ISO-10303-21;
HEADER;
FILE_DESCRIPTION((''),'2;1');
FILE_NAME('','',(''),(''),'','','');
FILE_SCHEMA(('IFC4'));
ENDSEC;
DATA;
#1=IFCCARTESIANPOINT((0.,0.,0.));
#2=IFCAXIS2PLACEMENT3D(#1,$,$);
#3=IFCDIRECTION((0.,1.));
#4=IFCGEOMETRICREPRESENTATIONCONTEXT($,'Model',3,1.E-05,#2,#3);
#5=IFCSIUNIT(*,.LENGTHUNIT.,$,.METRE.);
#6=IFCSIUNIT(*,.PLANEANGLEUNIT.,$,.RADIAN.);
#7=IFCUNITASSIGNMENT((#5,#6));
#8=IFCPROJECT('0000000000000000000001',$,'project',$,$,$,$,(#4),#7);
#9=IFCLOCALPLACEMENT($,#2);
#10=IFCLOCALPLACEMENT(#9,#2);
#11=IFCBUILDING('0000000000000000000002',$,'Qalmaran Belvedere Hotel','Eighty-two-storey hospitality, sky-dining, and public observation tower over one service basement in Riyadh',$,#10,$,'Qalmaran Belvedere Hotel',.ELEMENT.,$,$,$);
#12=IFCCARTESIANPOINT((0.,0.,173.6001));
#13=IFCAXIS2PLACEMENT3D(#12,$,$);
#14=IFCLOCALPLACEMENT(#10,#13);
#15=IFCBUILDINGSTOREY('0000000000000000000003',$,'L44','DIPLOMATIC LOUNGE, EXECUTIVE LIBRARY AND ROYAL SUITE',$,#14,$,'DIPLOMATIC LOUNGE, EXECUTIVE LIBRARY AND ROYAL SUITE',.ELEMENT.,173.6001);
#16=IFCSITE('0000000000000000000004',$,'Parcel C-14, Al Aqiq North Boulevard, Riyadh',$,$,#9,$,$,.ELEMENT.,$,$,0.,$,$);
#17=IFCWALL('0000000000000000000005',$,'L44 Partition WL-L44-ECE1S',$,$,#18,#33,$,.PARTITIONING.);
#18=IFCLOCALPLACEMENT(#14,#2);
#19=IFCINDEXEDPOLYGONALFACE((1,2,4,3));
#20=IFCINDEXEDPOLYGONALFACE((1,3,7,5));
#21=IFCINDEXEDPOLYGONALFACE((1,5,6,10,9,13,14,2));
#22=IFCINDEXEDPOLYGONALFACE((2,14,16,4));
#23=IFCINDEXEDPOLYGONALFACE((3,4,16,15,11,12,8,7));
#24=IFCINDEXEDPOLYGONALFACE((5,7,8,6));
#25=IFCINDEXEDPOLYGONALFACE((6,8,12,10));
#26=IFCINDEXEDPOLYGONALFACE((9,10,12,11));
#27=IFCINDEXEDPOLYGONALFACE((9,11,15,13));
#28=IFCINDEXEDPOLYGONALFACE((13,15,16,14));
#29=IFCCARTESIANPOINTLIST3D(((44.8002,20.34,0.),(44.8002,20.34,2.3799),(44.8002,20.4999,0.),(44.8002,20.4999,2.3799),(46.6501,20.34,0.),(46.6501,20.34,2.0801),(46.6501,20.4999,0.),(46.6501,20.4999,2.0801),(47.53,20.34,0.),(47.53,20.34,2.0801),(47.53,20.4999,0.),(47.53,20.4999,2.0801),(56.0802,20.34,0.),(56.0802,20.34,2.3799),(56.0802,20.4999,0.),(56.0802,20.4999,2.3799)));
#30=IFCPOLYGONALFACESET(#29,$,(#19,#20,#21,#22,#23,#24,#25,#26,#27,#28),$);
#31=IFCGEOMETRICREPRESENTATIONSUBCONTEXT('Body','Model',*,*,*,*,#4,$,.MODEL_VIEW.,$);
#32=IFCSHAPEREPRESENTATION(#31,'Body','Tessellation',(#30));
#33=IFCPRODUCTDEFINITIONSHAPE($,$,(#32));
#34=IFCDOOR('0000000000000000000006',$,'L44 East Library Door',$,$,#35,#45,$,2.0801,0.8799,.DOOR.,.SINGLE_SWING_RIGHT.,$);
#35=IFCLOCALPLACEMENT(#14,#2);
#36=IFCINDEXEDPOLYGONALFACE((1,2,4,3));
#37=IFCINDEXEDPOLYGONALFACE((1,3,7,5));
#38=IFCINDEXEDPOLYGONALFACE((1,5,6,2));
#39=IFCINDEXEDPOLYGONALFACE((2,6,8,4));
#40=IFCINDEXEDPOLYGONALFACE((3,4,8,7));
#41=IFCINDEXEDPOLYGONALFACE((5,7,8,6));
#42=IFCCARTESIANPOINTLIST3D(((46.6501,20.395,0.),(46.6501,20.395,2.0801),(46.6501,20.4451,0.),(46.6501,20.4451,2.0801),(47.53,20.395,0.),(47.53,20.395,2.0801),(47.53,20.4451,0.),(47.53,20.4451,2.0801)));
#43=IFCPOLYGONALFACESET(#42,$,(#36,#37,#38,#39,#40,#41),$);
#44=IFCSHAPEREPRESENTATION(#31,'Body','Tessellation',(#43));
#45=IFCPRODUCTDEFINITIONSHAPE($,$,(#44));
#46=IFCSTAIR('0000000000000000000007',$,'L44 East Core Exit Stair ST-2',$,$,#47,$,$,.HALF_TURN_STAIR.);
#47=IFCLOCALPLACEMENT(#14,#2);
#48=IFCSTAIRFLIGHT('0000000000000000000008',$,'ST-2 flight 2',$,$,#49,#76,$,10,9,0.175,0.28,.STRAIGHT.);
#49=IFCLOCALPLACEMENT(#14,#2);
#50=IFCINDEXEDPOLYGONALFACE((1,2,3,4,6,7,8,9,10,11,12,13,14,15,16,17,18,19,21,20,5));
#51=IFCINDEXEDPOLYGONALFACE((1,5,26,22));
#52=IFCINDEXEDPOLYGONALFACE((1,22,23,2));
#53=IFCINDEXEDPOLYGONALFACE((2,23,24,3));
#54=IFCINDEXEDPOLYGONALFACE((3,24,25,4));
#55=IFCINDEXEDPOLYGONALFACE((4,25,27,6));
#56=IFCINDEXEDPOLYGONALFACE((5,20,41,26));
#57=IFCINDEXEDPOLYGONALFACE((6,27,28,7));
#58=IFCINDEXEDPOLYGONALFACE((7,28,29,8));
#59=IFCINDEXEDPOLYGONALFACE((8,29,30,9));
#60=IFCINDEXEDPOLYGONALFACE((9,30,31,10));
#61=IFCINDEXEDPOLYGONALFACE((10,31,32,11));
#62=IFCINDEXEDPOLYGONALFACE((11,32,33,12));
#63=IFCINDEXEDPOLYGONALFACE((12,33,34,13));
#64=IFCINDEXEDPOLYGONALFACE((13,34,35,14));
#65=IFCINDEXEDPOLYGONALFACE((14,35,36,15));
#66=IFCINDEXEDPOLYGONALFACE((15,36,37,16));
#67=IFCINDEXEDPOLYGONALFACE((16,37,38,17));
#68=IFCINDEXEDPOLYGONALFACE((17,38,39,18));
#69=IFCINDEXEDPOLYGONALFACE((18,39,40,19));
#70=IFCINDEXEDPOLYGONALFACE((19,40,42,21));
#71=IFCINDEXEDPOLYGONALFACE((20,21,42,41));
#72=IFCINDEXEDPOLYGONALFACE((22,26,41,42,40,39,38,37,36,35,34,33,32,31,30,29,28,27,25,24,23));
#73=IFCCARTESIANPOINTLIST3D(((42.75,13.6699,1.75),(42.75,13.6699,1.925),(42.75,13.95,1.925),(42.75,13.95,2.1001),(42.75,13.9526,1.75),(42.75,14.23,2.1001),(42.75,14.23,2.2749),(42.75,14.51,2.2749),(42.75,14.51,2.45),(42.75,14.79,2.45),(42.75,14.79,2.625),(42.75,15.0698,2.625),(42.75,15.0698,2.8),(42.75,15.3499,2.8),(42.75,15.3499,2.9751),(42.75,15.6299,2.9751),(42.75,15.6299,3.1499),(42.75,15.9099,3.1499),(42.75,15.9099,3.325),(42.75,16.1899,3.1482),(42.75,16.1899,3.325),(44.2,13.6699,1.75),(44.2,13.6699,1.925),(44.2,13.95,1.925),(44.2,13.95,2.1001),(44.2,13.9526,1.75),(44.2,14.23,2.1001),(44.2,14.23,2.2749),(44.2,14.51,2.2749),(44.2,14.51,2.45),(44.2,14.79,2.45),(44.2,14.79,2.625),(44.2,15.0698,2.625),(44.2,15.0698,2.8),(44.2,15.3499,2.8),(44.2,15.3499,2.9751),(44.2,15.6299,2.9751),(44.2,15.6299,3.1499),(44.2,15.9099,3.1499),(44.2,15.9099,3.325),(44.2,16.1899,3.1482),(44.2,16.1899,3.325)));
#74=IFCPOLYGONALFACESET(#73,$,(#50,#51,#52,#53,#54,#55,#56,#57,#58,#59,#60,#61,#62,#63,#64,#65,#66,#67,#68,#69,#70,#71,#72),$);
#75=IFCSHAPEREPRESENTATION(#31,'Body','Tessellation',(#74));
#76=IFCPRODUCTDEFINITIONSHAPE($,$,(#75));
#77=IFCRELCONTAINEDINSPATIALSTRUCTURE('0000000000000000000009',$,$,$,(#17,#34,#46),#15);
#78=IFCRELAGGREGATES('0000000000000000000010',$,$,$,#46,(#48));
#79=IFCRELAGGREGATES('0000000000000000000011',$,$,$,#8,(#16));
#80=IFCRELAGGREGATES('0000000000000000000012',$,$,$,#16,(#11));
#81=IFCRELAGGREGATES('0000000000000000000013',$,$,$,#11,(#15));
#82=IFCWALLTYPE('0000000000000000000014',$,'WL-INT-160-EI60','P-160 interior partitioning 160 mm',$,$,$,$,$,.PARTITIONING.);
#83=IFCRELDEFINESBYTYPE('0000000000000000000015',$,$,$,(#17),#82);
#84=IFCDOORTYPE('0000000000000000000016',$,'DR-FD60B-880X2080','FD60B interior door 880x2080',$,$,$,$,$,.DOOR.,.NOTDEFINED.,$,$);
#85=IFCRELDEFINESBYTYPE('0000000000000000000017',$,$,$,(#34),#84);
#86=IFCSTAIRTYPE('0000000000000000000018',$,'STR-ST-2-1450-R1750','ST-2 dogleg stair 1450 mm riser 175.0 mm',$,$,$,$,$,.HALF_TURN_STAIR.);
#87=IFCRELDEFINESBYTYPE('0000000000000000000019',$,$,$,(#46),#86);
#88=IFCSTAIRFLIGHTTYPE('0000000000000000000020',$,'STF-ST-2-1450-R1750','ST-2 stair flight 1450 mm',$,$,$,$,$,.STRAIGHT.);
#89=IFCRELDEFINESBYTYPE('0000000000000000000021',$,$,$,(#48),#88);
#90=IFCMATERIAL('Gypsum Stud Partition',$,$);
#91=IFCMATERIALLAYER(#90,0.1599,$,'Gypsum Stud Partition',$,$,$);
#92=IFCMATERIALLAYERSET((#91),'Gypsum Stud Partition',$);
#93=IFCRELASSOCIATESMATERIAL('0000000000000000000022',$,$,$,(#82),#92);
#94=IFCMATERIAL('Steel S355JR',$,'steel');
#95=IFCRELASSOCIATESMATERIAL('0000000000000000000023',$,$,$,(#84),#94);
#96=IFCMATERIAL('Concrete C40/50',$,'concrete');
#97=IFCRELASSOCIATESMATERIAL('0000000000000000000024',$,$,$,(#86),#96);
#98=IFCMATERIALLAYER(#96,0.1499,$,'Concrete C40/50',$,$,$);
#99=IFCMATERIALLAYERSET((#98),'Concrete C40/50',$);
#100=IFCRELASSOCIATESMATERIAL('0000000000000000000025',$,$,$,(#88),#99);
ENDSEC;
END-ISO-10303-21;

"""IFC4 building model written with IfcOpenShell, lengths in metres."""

from ifc_helpers import new_model, si_unit, direction, frame, frame_2d, origin, place, context, subcontext, project, spatial, polyline, rectangle, outline, extrude, material, layer, layer_set, type_object, element, fill, aggregate, save


model = new_model("IFC4")

# Units and contexts
model_context = context("Model", 3, precision=1e-05, world=origin(), true_north=direction((0.0, 1.0)))
body_context = subcontext(model_context, "Body", "Model", "MODEL_VIEW")
ifc_project = project(units=[si_unit("LENGTHUNIT", "METRE"), si_unit("PLANEANGLEUNIT", "RADIAN")], contexts=[model_context])

# Site, building, storey
site_placement = place(None, origin())
site = spatial("IfcSite", under=ifc_project, at=site_placement, Name="Parcel C-14, Al Aqiq North Boulevard, Riyadh", CompositionType="ELEMENT", RefElevation=0.0)
building_placement = place(site_placement, origin())
building = spatial("IfcBuilding", under=site, at=building_placement, Name="Qalmaran Belvedere Hotel", Description="Eighty-two-storey hospitality, sky-dining, and public observation tower over one service basement in Riyadh", LongName="Qalmaran Belvedere Hotel", CompositionType="ELEMENT")
storey_placement = place(building_placement, frame((0.0, 0.0, 173.6001)))
storey = spatial("IfcBuildingStorey", under=building, at=storey_placement, Name="L44", Description="DIPLOMATIC LOUNGE, EXECUTIVE LIBRARY AND ROYAL SUITE", LongName="DIPLOMATIC LOUNGE, EXECUTIVE LIBRARY AND ROYAL SUITE", CompositionType="ELEMENT", Elevation=173.6001)

# Shared definitions
ifc_material_1 = material(Name="Steel S355JR", Category="steel")

# Wall, opening, door
ifc_material_2 = material(Name="Gypsum Stud Partition")
ifc_layer_1 = layer(ifc_material_2, 0.1599, Name="Gypsum Stud Partition")
ifc_layer_set_1 = layer_set([ifc_layer_1], Name="Gypsum Stud Partition")
wall_type = type_object("IfcWallType", Name="WL-INT-160-EI60", Description="P-160 interior partitioning 160 mm", PredefinedType="PARTITIONING", material=ifc_layer_set_1)
wall_placement = place(storey_placement, frame((44.8, 20.4199, 0.0), z_axis=(0.0, 0.0, 1.0), x_axis=(1.0, 0.0, 0.0)))
wall = element("IfcWall", 1, at=wall_placement, inside=storey, type_object=wall_type, Name="L44 Partition WL-L44-ECE1S", PredefinedType="PARTITIONING", context=body_context, shape_type="SweptSolid", body=[
    extrude(rectangle(XDim=11.28, YDim=0.1599, at=frame_2d((5.6401, 0.0))), origin(), (0.0, 0.0, 1.0), 2.3799),
])
opening_placement = place(wall_placement, frame((2.73, 0.0, 0.0), z_axis=(0.0, 0.0, 1.0), x_axis=(-1.0, 0.0, 0.0)))
opening = element("IfcOpeningElement", 2, at=opening_placement, cuts=wall, PredefinedType="OPENING", context=body_context, shape_type="SweptSolid", body=[
    extrude(rectangle(XDim=0.8799, YDim=2.0801, at=frame_2d((0.4399, 1.04))), frame((0.0, 0.0898, 0.0), z_axis=(0.0, -1.0, 0.0), x_axis=(1.0, 0.0, 0.0)), (0.0, 0.0, 1.0), 0.1799),
])
door_type = type_object("IfcDoorType", Name="DR-FD60B-880X2080", Description="FD60B interior door 880x2080", OperationType="NOTDEFINED", PredefinedType="DOOR", material=ifc_material_1)
door_placement = place(opening_placement, origin())
door = element("IfcDoor", 3, at=door_placement, inside=storey, type_object=door_type, Name="L44 East Library Door", OperationType="SINGLE_SWING_RIGHT", OverallHeight=2.0801, OverallWidth=0.8799, PredefinedType="DOOR", context=body_context, shape_type="SweptSolid", body=[
    extrude(rectangle(XDim=0.8799, YDim=2.0801, at=frame_2d((0.4399, 1.04))), frame((0.0, 0.0249, 0.0), z_axis=(0.0, -1.0, 0.0), x_axis=(1.0, 0.0, 0.0)), (0.0, 0.0, 1.0), 0.05),
])
fill(opening, door)

# Stair, stair flight
ifc_material_3 = material(Name="Concrete C40/50", Category="concrete")
stair_type = type_object("IfcStairType", Name="STR-ST-2-1450-R1750", Description="ST-2 dogleg stair 1450 mm riser 175.0 mm", PredefinedType="HALF_TURN_STAIR", material=ifc_material_3)
stair_placement = place(storey_placement, origin())
stair = element("IfcStair", 4, at=stair_placement, inside=storey, type_object=stair_type, Name="L44 East Core Exit Stair ST-2", PredefinedType="HALF_TURN_STAIR")
ifc_layer_2 = layer(ifc_material_3, 0.1499, Name="Concrete C40/50")
ifc_layer_set_2 = layer_set([ifc_layer_2], Name="Concrete C40/50")
stair_flight_type = type_object("IfcStairFlightType", Name="STF-ST-2-1450-R1750", Description="ST-2 stair flight 1450 mm", PredefinedType="STRAIGHT", material=ifc_layer_set_2)
stair_flight_placement = place(storey_placement, frame((43.4751, 13.6699, 1.75), z_axis=(0.0, 0.0, 1.0), x_axis=(0.0, 1.0, 0.0)))
stair_flight = element("IfcStairFlight", 5, at=stair_flight_placement, type_object=stair_flight_type, Name="ST-2 flight 2", NumberOfRisers=10, NumberOfTreads=9, PredefinedType="STRAIGHT", RiserHeight=0.175, TreadLength=0.28, context=body_context, shape_type="SweptSolid", body=[
    extrude(outline(polyline([(0.0, 0.0), (0.0, 0.175), (0.28, 0.175), (0.28, 0.3501), (0.5601, 0.3501), (0.5601, 0.5249), (0.8401, 0.5249), (0.8401, 0.7), (1.1201, 0.7), (1.1201, 0.875), (1.3999, 0.875), (1.3999, 1.05), (1.6799, 1.05), (1.6799, 1.2251), (1.96, 1.2251), (1.96, 1.3999), (2.24, 1.3999), (2.24, 1.575), (2.52, 1.575), (2.52, 1.75), (2.52, 1.3982), (0.2827, 0.0), (0.0, 0.0)])), frame((0.0, 0.7251, 0.0), z_axis=(0.0, -1.0, 0.0), x_axis=(1.0, 0.0, 0.0)), (0.0, 0.0, 1.0), 1.45),
])
aggregate(stair, [stair_flight])

save(model, "model.ifc")
